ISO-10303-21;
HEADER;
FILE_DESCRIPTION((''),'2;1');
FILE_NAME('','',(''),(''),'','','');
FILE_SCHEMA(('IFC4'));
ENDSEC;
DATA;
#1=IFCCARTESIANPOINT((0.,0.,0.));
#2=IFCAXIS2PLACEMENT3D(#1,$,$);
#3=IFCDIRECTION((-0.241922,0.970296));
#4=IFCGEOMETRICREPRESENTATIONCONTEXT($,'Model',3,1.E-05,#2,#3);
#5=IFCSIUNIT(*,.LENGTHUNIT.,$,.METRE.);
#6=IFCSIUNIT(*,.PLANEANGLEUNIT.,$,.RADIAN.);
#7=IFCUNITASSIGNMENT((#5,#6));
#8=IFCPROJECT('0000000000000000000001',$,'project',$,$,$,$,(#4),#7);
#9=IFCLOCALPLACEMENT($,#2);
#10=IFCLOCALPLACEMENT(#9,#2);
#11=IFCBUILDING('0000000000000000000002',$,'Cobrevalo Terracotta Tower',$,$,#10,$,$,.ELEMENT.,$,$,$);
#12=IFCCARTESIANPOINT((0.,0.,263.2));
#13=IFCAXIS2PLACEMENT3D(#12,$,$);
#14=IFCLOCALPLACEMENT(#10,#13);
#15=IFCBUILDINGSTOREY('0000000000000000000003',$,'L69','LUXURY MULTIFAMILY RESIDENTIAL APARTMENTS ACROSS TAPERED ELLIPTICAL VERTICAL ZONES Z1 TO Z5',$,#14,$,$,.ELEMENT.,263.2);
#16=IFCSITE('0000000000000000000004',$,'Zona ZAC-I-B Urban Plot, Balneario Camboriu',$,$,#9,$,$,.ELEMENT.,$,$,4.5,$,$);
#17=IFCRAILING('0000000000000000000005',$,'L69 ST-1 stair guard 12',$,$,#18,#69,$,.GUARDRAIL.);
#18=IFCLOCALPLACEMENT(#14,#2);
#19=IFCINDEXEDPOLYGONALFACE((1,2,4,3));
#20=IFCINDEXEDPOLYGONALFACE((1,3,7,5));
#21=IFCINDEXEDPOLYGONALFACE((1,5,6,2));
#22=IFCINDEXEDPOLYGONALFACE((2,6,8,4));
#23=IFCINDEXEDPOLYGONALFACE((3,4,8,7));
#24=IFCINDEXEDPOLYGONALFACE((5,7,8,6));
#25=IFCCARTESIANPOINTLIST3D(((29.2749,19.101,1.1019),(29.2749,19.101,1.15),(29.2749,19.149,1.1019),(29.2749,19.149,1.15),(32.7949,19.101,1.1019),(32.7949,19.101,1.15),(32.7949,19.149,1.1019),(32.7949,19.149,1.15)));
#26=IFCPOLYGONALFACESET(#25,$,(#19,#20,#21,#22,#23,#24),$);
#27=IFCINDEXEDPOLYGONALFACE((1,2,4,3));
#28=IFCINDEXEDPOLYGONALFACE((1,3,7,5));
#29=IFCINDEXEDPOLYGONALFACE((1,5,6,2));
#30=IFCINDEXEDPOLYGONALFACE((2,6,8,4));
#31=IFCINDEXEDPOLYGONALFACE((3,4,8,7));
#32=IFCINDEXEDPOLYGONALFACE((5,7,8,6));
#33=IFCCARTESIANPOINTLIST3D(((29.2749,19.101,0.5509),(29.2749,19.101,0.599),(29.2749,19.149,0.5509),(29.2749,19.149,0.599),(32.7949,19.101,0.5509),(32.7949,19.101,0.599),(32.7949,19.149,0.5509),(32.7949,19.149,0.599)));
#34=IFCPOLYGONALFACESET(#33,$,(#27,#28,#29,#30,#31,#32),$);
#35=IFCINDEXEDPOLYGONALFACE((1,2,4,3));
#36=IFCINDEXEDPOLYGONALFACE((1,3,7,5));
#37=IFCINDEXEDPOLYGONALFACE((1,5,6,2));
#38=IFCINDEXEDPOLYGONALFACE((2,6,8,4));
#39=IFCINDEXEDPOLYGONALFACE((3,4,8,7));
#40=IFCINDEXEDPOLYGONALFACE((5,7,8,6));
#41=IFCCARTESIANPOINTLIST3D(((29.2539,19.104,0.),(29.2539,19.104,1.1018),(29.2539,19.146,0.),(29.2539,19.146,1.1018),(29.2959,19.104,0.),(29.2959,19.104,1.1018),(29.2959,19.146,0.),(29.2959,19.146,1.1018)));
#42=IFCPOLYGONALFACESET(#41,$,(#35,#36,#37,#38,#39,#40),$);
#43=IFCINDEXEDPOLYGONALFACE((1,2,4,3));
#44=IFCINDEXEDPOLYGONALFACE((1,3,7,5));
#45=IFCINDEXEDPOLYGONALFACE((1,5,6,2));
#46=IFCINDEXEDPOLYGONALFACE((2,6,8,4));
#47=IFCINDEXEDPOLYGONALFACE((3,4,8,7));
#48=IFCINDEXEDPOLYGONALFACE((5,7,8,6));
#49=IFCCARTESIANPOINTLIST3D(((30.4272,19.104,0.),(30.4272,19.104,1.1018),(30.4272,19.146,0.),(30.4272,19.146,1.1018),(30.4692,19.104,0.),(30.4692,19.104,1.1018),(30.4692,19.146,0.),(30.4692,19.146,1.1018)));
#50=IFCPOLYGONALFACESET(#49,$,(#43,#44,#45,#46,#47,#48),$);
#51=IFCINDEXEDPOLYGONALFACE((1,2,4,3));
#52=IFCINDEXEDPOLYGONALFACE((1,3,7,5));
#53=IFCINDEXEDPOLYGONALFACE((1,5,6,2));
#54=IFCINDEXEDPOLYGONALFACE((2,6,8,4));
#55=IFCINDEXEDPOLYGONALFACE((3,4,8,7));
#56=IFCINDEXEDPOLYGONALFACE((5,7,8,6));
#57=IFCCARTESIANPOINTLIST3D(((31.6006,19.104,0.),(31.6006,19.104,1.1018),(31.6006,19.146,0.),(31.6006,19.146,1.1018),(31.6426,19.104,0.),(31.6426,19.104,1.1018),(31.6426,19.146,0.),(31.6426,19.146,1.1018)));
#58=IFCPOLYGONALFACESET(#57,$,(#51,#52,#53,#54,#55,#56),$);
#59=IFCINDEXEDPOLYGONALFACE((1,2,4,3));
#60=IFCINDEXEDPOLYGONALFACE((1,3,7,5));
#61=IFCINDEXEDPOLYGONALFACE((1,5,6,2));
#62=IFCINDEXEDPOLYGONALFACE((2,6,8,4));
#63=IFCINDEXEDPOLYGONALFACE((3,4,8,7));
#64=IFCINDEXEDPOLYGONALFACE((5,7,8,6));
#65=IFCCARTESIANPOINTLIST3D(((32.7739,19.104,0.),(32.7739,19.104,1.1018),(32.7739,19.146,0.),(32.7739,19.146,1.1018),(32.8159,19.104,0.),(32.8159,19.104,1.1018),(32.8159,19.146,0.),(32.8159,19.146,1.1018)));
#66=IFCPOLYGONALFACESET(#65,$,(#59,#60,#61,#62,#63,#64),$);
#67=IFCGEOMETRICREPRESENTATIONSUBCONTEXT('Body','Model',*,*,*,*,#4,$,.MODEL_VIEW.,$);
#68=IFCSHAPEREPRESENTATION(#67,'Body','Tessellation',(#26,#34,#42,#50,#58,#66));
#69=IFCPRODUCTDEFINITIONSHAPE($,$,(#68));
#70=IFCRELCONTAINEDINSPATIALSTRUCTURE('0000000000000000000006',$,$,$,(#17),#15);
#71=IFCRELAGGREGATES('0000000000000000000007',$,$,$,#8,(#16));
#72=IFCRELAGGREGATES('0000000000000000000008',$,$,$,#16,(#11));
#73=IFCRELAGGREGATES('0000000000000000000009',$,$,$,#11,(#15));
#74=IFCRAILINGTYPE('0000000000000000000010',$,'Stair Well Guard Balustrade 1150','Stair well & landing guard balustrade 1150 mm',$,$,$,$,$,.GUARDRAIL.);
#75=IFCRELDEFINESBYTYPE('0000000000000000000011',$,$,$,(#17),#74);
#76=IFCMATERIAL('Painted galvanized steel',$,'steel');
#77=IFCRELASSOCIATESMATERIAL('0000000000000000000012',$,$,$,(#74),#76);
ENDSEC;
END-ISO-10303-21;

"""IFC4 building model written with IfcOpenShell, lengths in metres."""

from ifc_helpers import new_model, si_unit, direction, frame, origin, origin_2d, place, context, subcontext, project, spatial, rectangle, extrude, material, type_object, element, save


model = new_model("IFC4")

# Units and contexts
model_context = context("Model", 3, precision=1e-05, world=origin(), true_north=direction((-0.241922, 0.970296)))
body_context = subcontext(model_context, "Body", "Model", "MODEL_VIEW")
ifc_project = project(units=[si_unit("LENGTHUNIT", "METRE"), si_unit("PLANEANGLEUNIT", "RADIAN")], contexts=[model_context])

# Site, building, storey
site_placement = place(None, origin())
site = spatial("IfcSite", under=ifc_project, at=site_placement, Name="Zona ZAC-I-B Urban Plot, Balneario Camboriu", CompositionType="ELEMENT", RefElevation=4.5)
building_placement = place(site_placement, origin())
building = spatial("IfcBuilding", under=site, at=building_placement, Name="Cobrevalo Terracotta Tower", CompositionType="ELEMENT")
storey_placement = place(building_placement, frame((0.0, 0.0, 263.2)))
storey = spatial("IfcBuildingStorey", under=building, at=storey_placement, Name="L69", Description="LUXURY MULTIFAMILY RESIDENTIAL APARTMENTS ACROSS TAPERED ELLIPTICAL VERTICAL ZONES Z1 TO Z5", CompositionType="ELEMENT", Elevation=263.2)

# Railing
ifc_material_1 = material(Name="Painted galvanized steel", Category="steel")
railing_type_1 = type_object("IfcRailingType", Name="Stair Well Guard Balustrade 1150", Description="Stair well & landing guard balustrade 1150 mm", PredefinedType="GUARDRAIL", material=ifc_material_1)
railing_1_placement = place(storey_placement, frame((29.2749, 19.125, 0.0)))
element("IfcRailing", 1, at=railing_1_placement, inside=storey, type_object=railing_type_1, Name="L69 ST-1 stair guard 12", PredefinedType="GUARDRAIL", context=body_context, shape_type="SweptSolid", body=[
    extrude(rectangle(XDim=0.0481, YDim=0.0481, at=origin_2d()), frame((0.0, 0.0, 1.126), z_axis=(1.0, 0.0, 0.0), x_axis=(0.0, 1.0, 0.0)), (0.0, 0.0, 1.0), 3.52),
    extrude(rectangle(XDim=0.0481, YDim=0.0481, at=origin_2d()), frame((0.0, 0.0, 0.575), z_axis=(1.0, 0.0, 0.0), x_axis=(0.0, 1.0, 0.0)), (0.0, 0.0, 1.0), 3.52),
    extrude(rectangle(XDim=0.042, YDim=0.042, at=origin_2d()), origin(), (0.0, 0.0, 1.0), 1.1018),
    extrude(rectangle(XDim=0.042, YDim=0.042, at=origin_2d()), frame((1.1733, 0.0, 0.0)), (0.0, 0.0, 1.0), 1.1018),
    extrude(rectangle(XDim=0.042, YDim=0.042, at=origin_2d()), frame((2.3467, 0.0, 0.0)), (0.0, 0.0, 1.0), 1.1018),
    extrude(rectangle(XDim=0.042, YDim=0.042, at=origin_2d()), frame((3.52, 0.0, 0.0)), (0.0, 0.0, 1.0), 1.1018),
])

save(model, "model.ifc")
